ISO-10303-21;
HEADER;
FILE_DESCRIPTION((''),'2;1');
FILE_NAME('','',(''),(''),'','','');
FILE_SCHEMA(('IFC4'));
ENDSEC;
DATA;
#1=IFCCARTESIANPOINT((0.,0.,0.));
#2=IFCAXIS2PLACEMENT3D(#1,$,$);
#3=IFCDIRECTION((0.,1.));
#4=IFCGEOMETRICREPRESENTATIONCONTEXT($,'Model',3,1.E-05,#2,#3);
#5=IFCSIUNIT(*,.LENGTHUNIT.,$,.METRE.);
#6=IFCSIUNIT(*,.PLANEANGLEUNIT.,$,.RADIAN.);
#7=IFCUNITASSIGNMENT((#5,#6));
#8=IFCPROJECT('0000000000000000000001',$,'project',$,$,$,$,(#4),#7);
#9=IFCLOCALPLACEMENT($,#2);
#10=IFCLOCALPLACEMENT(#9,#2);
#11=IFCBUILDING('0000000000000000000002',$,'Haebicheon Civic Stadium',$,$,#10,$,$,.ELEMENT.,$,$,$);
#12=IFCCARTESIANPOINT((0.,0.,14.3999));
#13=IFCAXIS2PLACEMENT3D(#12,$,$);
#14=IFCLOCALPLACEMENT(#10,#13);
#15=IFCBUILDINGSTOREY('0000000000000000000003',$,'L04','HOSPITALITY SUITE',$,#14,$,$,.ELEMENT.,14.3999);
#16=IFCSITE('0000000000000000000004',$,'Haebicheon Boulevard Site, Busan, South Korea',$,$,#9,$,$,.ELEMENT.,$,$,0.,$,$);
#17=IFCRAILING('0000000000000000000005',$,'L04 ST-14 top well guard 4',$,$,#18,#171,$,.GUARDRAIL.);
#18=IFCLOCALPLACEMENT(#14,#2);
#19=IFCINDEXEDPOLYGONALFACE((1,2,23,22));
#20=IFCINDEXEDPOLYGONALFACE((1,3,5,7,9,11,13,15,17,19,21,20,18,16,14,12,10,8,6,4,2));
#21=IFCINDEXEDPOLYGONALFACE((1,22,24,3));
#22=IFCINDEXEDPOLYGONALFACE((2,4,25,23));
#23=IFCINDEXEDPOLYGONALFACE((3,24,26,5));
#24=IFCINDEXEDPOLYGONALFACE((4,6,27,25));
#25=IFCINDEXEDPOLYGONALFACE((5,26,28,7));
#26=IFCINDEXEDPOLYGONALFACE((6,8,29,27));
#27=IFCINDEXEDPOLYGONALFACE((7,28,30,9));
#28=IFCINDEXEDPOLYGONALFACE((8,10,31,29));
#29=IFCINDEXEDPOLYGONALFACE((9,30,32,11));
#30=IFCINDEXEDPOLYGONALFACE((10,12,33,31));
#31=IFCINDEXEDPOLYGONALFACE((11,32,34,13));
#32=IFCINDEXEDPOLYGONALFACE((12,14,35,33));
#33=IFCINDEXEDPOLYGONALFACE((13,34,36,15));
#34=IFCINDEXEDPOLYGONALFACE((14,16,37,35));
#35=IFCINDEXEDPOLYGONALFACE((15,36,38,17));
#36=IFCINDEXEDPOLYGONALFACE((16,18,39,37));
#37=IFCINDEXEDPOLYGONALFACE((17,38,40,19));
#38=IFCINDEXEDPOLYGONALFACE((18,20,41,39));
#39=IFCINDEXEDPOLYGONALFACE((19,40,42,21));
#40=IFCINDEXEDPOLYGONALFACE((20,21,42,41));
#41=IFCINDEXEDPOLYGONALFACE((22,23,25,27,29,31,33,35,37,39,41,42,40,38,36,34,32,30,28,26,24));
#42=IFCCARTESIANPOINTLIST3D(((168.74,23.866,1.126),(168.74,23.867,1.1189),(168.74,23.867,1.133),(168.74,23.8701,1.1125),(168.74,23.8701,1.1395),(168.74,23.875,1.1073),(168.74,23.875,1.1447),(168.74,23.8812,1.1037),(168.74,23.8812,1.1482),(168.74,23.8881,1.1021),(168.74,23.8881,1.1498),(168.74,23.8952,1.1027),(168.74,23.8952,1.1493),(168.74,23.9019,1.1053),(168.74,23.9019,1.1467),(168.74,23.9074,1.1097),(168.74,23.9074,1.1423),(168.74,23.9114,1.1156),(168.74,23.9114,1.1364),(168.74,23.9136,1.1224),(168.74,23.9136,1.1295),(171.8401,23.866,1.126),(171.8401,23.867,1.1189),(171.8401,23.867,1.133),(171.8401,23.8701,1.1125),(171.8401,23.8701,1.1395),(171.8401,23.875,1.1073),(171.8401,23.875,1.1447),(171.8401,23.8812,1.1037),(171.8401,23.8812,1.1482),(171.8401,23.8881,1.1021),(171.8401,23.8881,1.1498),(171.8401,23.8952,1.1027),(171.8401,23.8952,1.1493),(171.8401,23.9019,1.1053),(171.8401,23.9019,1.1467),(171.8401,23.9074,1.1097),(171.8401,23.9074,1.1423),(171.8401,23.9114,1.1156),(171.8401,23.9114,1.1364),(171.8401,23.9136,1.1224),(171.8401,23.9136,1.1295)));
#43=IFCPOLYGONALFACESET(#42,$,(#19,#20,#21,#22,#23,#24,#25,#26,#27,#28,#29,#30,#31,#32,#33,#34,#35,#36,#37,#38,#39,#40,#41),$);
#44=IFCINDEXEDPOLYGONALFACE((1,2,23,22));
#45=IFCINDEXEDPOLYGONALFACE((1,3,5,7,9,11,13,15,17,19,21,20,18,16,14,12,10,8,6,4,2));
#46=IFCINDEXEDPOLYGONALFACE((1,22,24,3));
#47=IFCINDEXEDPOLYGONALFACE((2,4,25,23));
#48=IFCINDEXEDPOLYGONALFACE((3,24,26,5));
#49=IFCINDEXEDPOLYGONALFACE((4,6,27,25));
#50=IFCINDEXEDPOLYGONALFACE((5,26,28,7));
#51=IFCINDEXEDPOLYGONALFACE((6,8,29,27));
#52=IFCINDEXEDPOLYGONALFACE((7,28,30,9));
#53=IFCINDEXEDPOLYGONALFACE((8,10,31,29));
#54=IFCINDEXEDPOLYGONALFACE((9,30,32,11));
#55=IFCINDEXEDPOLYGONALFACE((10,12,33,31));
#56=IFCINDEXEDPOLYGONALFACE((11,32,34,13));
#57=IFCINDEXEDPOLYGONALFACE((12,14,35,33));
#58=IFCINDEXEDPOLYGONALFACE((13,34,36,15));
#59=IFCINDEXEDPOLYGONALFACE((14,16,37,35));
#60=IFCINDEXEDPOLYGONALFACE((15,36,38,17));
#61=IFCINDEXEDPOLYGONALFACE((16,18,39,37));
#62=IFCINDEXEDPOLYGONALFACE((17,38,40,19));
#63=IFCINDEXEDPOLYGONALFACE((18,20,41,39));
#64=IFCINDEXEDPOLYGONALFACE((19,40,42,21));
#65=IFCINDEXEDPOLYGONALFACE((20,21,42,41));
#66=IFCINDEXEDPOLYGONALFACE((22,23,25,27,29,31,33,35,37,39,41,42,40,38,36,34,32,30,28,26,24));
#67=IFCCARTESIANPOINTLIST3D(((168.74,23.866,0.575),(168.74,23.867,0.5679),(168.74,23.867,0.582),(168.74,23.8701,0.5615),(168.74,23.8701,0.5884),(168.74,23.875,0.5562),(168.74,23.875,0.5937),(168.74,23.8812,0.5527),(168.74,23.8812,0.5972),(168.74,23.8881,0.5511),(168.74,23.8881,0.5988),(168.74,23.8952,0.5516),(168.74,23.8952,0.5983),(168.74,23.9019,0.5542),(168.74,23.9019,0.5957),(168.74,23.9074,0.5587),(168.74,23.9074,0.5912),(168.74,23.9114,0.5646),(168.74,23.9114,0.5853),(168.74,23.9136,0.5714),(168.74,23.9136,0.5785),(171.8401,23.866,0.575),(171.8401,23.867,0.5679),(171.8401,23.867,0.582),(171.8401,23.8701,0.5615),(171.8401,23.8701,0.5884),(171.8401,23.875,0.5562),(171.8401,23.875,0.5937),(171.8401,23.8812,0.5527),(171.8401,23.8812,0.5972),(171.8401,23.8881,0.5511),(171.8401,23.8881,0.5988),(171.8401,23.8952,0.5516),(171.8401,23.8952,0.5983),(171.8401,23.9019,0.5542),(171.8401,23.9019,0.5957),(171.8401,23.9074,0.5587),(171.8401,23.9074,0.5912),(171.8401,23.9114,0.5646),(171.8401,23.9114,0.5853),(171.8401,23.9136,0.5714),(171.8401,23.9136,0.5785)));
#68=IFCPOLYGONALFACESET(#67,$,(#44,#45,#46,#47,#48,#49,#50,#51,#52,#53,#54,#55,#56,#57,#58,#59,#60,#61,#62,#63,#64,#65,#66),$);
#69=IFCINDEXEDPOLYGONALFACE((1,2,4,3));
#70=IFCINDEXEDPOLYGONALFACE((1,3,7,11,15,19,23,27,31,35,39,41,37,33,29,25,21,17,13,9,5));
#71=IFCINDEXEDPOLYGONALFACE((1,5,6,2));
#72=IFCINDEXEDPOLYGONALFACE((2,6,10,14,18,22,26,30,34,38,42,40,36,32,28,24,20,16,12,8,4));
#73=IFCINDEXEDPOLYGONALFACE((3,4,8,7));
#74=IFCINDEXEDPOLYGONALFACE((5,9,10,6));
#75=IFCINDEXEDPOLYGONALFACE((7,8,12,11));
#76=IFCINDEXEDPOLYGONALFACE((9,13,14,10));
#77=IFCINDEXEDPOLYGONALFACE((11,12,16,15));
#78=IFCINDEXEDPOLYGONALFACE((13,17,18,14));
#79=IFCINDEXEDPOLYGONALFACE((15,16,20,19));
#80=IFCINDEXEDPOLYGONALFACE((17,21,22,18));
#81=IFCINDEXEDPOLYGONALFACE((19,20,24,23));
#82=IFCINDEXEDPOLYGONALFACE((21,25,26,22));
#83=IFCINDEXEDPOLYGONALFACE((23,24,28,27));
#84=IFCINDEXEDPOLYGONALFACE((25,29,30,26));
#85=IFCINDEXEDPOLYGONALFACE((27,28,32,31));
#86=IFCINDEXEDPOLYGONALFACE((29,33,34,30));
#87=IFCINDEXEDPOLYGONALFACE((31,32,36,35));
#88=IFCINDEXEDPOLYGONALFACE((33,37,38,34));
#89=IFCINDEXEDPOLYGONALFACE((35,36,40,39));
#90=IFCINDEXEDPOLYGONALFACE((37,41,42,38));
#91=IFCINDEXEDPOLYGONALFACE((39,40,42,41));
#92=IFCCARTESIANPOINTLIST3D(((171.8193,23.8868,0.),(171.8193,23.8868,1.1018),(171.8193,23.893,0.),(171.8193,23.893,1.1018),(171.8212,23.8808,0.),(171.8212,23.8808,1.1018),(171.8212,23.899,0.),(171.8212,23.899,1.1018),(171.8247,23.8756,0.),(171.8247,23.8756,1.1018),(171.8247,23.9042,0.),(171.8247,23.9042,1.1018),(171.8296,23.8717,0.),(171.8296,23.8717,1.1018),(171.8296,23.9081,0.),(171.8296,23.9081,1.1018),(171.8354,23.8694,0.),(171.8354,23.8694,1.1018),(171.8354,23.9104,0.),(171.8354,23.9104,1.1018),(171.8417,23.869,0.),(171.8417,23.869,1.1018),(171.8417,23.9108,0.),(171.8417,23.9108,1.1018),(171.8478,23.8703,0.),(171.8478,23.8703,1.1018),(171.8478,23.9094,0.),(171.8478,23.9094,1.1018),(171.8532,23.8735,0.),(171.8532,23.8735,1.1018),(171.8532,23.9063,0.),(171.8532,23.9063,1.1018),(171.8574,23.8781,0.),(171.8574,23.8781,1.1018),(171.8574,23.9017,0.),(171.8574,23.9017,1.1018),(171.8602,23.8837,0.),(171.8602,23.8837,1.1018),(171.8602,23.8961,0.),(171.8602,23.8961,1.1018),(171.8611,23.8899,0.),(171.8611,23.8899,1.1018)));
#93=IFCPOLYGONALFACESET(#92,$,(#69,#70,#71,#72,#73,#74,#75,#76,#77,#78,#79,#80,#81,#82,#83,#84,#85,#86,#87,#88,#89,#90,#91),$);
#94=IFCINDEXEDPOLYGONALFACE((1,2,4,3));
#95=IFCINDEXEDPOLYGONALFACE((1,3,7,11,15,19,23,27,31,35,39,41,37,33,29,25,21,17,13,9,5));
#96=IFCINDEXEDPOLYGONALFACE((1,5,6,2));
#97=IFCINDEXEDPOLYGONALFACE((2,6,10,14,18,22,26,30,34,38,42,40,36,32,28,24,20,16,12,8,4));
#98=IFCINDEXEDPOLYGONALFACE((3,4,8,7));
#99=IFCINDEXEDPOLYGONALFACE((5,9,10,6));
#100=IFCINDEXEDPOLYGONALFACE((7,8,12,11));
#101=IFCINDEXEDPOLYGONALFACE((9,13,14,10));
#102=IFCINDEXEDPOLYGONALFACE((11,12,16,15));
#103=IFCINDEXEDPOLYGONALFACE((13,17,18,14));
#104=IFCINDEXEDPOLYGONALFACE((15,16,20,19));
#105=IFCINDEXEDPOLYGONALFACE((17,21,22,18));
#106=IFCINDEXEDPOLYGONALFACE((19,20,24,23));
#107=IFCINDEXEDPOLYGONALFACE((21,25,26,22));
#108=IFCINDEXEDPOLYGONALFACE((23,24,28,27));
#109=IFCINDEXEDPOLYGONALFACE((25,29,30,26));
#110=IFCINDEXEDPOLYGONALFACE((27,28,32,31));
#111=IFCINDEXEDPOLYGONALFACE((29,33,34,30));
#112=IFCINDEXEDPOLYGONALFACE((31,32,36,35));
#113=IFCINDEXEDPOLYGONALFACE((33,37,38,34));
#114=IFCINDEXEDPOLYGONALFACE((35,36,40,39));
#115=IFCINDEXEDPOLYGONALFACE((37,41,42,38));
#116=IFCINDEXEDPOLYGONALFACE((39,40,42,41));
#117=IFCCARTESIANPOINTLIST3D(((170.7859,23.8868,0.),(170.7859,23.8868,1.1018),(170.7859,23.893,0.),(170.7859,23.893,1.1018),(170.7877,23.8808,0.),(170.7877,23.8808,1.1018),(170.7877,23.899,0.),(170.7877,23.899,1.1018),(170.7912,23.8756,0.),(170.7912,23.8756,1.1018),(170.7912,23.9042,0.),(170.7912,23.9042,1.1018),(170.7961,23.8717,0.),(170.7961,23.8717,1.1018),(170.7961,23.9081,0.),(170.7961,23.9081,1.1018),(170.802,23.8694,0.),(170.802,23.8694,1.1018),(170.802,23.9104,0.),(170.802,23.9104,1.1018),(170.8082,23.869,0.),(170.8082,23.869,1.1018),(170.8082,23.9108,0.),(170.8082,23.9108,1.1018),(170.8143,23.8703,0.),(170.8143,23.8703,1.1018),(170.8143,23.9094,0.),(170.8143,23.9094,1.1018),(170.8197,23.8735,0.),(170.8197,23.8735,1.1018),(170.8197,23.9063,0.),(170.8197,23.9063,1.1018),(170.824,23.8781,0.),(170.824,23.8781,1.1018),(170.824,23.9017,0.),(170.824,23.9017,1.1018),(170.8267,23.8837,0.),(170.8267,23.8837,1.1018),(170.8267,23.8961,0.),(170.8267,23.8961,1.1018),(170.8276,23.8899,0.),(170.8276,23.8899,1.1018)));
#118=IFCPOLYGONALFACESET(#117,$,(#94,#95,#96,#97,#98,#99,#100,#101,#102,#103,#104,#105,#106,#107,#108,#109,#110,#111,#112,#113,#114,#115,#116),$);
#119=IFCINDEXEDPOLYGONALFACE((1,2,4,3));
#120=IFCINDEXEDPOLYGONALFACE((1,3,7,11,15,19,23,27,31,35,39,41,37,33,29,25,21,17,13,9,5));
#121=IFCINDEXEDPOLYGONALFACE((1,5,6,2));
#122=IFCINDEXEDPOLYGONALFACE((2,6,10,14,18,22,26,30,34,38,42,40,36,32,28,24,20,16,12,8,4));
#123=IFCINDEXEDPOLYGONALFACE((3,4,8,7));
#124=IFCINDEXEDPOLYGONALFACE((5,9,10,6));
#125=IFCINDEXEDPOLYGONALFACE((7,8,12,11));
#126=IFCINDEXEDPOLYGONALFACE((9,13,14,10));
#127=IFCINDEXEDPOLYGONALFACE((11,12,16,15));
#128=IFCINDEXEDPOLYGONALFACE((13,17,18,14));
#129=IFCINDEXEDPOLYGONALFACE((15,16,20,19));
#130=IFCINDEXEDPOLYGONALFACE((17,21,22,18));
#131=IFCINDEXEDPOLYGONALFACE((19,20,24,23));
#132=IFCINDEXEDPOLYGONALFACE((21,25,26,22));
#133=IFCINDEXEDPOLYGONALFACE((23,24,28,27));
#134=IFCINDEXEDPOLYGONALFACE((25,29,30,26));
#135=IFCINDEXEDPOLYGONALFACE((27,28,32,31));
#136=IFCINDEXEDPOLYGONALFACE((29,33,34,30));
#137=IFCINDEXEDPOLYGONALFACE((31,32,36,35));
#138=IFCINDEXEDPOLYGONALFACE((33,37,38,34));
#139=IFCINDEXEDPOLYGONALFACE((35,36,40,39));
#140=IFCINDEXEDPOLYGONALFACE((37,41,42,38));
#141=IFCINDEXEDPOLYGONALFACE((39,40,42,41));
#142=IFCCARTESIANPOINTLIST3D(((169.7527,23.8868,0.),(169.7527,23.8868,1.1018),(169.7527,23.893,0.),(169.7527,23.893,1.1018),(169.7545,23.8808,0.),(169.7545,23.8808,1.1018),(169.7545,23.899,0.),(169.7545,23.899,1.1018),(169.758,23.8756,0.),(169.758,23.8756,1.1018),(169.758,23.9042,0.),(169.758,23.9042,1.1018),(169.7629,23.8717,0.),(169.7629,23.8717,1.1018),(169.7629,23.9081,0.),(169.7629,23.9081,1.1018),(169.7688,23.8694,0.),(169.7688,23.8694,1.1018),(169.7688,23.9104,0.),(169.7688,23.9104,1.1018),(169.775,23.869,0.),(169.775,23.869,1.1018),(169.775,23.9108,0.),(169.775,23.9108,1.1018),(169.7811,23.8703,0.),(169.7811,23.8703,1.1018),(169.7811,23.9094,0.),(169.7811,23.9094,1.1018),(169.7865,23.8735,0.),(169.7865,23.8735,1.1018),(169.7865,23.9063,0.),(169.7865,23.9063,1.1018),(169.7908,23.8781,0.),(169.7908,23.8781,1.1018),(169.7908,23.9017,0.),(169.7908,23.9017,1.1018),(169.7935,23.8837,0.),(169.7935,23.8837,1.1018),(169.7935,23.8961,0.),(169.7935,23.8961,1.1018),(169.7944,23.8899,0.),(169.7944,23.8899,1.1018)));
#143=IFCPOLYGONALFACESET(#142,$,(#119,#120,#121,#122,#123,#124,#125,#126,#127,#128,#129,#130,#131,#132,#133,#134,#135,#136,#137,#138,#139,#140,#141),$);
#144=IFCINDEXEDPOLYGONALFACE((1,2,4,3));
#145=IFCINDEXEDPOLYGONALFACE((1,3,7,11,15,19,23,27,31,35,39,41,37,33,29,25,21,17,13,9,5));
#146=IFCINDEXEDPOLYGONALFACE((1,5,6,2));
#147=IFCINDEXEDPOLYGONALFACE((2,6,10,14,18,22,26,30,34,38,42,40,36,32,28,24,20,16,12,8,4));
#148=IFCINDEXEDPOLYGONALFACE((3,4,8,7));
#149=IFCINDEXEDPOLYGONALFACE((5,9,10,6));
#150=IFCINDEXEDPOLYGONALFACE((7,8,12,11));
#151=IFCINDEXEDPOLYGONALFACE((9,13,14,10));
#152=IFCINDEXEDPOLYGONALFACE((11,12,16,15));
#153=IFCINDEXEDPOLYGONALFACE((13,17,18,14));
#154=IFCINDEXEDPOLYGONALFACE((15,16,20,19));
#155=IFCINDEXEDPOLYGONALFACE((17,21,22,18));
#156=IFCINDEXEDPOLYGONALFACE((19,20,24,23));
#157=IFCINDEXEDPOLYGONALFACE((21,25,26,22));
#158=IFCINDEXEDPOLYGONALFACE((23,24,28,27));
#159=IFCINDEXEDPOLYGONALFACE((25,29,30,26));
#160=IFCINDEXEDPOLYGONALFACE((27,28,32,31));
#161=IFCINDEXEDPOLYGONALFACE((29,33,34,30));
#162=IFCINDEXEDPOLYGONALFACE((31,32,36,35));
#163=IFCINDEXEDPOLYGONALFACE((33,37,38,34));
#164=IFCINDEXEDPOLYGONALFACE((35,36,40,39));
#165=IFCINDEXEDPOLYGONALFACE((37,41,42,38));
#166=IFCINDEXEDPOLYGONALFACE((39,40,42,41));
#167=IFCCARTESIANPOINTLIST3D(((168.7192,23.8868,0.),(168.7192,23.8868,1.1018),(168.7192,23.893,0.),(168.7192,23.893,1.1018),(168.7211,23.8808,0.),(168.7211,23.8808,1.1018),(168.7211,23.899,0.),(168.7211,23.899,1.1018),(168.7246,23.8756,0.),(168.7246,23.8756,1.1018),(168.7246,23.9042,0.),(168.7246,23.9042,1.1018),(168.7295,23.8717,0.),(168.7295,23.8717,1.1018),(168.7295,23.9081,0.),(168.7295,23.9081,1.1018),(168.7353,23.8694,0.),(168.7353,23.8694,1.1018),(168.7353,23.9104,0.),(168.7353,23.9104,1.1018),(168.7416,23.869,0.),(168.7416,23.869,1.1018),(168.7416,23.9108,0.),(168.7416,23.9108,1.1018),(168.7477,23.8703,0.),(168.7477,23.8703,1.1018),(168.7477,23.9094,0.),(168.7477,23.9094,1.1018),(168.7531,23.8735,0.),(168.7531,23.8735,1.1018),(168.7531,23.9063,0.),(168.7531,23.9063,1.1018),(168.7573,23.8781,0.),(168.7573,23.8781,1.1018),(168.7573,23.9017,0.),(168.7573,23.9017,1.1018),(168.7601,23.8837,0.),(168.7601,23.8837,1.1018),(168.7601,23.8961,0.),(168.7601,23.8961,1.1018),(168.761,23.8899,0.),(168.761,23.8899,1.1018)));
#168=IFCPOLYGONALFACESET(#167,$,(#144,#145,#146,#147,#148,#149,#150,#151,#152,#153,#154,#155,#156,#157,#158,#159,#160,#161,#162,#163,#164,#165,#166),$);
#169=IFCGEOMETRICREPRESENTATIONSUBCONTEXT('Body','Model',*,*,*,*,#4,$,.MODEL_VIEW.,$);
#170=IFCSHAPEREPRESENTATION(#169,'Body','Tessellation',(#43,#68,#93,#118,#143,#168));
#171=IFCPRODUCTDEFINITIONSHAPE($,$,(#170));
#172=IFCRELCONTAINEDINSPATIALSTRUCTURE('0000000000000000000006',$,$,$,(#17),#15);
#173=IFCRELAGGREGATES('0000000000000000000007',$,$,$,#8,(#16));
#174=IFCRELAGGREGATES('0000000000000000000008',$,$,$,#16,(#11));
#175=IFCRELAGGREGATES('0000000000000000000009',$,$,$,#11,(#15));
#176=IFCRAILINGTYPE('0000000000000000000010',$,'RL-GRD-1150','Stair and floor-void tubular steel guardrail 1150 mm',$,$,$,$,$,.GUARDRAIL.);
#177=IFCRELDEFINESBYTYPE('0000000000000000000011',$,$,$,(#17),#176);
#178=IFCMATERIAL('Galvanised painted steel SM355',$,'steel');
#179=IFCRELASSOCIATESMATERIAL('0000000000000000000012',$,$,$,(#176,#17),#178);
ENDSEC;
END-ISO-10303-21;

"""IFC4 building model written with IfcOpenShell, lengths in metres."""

from ifc_helpers import new_model, si_unit, direction, frame, origin, origin_2d, place, context, subcontext, project, spatial, circle, extrude, material, type_object, element, save


model = new_model("IFC4")

# Units and contexts
model_context = context("Model", 3, precision=1e-05, world=origin(), true_north=direction((0.0, 1.0)))
body_context = subcontext(model_context, "Body", "Model", "MODEL_VIEW")
ifc_project = project(units=[si_unit("LENGTHUNIT", "METRE"), si_unit("PLANEANGLEUNIT", "RADIAN")], contexts=[model_context])

# Site, building, storey
site_placement = place(None, origin())
site = spatial("IfcSite", under=ifc_project, at=site_placement, Name="Haebicheon Boulevard Site, Busan, South Korea", CompositionType="ELEMENT", RefElevation=0.0)
building_placement = place(site_placement, origin())
building = spatial("IfcBuilding", under=site, at=building_placement, Name="Haebicheon Civic Stadium", CompositionType="ELEMENT")
storey_placement = place(building_placement, frame((0.0, 0.0, 14.3999)))
storey = spatial("IfcBuildingStorey", under=building, at=storey_placement, Name="L04", Description="HOSPITALITY SUITE", CompositionType="ELEMENT", Elevation=14.3999)

# Railing
ifc_material_1 = material(Name="Galvanised painted steel SM355", Category="steel")
railing_type = type_object("IfcRailingType", Name="RL-GRD-1150", Description="Stair and floor-void tubular steel guardrail 1150 mm", PredefinedType="GUARDRAIL", material=ifc_material_1)
railing_placement = place(storey_placement, frame((171.8401, 23.8899, 0.0)))
element("IfcRailing", 1, at=railing_placement, inside=storey, type_object=railing_type, material=ifc_material_1, Name="L04 ST-14 top well guard 4", PredefinedType="GUARDRAIL", context=body_context, shape_type="SweptSolid", body=[
    extrude(circle(Radius=0.0239, at=origin_2d()), frame((0.0, 0.0, 1.126), z_axis=(-1.0, 0.0, 0.0), x_axis=(0.0, -1.0, 0.0)), (0.0, 0.0, 1.0), 3.1001),
    extrude(circle(Radius=0.0239, at=origin_2d()), frame((0.0, 0.0, 0.575), z_axis=(-1.0, 0.0, 0.0), x_axis=(0.0, -1.0, 0.0)), (0.0, 0.0, 1.0), 3.1001),
    extrude(circle(Radius=0.021, at=origin_2d()), origin(), (0.0, 0.0, 1.0), 1.1018),
    extrude(circle(Radius=0.021, at=origin_2d()), frame((-1.0334, 0.0, 0.0)), (0.0, 0.0, 1.0), 1.1018),
    extrude(circle(Radius=0.021, at=origin_2d()), frame((-2.0667, 0.0, 0.0)), (0.0, 0.0, 1.0), 1.1018),
    extrude(circle(Radius=0.021, at=origin_2d()), frame((-3.1001, 0.0, 0.0)), (0.0, 0.0, 1.0), 1.1018),
])

save(model, "model.ifc")
